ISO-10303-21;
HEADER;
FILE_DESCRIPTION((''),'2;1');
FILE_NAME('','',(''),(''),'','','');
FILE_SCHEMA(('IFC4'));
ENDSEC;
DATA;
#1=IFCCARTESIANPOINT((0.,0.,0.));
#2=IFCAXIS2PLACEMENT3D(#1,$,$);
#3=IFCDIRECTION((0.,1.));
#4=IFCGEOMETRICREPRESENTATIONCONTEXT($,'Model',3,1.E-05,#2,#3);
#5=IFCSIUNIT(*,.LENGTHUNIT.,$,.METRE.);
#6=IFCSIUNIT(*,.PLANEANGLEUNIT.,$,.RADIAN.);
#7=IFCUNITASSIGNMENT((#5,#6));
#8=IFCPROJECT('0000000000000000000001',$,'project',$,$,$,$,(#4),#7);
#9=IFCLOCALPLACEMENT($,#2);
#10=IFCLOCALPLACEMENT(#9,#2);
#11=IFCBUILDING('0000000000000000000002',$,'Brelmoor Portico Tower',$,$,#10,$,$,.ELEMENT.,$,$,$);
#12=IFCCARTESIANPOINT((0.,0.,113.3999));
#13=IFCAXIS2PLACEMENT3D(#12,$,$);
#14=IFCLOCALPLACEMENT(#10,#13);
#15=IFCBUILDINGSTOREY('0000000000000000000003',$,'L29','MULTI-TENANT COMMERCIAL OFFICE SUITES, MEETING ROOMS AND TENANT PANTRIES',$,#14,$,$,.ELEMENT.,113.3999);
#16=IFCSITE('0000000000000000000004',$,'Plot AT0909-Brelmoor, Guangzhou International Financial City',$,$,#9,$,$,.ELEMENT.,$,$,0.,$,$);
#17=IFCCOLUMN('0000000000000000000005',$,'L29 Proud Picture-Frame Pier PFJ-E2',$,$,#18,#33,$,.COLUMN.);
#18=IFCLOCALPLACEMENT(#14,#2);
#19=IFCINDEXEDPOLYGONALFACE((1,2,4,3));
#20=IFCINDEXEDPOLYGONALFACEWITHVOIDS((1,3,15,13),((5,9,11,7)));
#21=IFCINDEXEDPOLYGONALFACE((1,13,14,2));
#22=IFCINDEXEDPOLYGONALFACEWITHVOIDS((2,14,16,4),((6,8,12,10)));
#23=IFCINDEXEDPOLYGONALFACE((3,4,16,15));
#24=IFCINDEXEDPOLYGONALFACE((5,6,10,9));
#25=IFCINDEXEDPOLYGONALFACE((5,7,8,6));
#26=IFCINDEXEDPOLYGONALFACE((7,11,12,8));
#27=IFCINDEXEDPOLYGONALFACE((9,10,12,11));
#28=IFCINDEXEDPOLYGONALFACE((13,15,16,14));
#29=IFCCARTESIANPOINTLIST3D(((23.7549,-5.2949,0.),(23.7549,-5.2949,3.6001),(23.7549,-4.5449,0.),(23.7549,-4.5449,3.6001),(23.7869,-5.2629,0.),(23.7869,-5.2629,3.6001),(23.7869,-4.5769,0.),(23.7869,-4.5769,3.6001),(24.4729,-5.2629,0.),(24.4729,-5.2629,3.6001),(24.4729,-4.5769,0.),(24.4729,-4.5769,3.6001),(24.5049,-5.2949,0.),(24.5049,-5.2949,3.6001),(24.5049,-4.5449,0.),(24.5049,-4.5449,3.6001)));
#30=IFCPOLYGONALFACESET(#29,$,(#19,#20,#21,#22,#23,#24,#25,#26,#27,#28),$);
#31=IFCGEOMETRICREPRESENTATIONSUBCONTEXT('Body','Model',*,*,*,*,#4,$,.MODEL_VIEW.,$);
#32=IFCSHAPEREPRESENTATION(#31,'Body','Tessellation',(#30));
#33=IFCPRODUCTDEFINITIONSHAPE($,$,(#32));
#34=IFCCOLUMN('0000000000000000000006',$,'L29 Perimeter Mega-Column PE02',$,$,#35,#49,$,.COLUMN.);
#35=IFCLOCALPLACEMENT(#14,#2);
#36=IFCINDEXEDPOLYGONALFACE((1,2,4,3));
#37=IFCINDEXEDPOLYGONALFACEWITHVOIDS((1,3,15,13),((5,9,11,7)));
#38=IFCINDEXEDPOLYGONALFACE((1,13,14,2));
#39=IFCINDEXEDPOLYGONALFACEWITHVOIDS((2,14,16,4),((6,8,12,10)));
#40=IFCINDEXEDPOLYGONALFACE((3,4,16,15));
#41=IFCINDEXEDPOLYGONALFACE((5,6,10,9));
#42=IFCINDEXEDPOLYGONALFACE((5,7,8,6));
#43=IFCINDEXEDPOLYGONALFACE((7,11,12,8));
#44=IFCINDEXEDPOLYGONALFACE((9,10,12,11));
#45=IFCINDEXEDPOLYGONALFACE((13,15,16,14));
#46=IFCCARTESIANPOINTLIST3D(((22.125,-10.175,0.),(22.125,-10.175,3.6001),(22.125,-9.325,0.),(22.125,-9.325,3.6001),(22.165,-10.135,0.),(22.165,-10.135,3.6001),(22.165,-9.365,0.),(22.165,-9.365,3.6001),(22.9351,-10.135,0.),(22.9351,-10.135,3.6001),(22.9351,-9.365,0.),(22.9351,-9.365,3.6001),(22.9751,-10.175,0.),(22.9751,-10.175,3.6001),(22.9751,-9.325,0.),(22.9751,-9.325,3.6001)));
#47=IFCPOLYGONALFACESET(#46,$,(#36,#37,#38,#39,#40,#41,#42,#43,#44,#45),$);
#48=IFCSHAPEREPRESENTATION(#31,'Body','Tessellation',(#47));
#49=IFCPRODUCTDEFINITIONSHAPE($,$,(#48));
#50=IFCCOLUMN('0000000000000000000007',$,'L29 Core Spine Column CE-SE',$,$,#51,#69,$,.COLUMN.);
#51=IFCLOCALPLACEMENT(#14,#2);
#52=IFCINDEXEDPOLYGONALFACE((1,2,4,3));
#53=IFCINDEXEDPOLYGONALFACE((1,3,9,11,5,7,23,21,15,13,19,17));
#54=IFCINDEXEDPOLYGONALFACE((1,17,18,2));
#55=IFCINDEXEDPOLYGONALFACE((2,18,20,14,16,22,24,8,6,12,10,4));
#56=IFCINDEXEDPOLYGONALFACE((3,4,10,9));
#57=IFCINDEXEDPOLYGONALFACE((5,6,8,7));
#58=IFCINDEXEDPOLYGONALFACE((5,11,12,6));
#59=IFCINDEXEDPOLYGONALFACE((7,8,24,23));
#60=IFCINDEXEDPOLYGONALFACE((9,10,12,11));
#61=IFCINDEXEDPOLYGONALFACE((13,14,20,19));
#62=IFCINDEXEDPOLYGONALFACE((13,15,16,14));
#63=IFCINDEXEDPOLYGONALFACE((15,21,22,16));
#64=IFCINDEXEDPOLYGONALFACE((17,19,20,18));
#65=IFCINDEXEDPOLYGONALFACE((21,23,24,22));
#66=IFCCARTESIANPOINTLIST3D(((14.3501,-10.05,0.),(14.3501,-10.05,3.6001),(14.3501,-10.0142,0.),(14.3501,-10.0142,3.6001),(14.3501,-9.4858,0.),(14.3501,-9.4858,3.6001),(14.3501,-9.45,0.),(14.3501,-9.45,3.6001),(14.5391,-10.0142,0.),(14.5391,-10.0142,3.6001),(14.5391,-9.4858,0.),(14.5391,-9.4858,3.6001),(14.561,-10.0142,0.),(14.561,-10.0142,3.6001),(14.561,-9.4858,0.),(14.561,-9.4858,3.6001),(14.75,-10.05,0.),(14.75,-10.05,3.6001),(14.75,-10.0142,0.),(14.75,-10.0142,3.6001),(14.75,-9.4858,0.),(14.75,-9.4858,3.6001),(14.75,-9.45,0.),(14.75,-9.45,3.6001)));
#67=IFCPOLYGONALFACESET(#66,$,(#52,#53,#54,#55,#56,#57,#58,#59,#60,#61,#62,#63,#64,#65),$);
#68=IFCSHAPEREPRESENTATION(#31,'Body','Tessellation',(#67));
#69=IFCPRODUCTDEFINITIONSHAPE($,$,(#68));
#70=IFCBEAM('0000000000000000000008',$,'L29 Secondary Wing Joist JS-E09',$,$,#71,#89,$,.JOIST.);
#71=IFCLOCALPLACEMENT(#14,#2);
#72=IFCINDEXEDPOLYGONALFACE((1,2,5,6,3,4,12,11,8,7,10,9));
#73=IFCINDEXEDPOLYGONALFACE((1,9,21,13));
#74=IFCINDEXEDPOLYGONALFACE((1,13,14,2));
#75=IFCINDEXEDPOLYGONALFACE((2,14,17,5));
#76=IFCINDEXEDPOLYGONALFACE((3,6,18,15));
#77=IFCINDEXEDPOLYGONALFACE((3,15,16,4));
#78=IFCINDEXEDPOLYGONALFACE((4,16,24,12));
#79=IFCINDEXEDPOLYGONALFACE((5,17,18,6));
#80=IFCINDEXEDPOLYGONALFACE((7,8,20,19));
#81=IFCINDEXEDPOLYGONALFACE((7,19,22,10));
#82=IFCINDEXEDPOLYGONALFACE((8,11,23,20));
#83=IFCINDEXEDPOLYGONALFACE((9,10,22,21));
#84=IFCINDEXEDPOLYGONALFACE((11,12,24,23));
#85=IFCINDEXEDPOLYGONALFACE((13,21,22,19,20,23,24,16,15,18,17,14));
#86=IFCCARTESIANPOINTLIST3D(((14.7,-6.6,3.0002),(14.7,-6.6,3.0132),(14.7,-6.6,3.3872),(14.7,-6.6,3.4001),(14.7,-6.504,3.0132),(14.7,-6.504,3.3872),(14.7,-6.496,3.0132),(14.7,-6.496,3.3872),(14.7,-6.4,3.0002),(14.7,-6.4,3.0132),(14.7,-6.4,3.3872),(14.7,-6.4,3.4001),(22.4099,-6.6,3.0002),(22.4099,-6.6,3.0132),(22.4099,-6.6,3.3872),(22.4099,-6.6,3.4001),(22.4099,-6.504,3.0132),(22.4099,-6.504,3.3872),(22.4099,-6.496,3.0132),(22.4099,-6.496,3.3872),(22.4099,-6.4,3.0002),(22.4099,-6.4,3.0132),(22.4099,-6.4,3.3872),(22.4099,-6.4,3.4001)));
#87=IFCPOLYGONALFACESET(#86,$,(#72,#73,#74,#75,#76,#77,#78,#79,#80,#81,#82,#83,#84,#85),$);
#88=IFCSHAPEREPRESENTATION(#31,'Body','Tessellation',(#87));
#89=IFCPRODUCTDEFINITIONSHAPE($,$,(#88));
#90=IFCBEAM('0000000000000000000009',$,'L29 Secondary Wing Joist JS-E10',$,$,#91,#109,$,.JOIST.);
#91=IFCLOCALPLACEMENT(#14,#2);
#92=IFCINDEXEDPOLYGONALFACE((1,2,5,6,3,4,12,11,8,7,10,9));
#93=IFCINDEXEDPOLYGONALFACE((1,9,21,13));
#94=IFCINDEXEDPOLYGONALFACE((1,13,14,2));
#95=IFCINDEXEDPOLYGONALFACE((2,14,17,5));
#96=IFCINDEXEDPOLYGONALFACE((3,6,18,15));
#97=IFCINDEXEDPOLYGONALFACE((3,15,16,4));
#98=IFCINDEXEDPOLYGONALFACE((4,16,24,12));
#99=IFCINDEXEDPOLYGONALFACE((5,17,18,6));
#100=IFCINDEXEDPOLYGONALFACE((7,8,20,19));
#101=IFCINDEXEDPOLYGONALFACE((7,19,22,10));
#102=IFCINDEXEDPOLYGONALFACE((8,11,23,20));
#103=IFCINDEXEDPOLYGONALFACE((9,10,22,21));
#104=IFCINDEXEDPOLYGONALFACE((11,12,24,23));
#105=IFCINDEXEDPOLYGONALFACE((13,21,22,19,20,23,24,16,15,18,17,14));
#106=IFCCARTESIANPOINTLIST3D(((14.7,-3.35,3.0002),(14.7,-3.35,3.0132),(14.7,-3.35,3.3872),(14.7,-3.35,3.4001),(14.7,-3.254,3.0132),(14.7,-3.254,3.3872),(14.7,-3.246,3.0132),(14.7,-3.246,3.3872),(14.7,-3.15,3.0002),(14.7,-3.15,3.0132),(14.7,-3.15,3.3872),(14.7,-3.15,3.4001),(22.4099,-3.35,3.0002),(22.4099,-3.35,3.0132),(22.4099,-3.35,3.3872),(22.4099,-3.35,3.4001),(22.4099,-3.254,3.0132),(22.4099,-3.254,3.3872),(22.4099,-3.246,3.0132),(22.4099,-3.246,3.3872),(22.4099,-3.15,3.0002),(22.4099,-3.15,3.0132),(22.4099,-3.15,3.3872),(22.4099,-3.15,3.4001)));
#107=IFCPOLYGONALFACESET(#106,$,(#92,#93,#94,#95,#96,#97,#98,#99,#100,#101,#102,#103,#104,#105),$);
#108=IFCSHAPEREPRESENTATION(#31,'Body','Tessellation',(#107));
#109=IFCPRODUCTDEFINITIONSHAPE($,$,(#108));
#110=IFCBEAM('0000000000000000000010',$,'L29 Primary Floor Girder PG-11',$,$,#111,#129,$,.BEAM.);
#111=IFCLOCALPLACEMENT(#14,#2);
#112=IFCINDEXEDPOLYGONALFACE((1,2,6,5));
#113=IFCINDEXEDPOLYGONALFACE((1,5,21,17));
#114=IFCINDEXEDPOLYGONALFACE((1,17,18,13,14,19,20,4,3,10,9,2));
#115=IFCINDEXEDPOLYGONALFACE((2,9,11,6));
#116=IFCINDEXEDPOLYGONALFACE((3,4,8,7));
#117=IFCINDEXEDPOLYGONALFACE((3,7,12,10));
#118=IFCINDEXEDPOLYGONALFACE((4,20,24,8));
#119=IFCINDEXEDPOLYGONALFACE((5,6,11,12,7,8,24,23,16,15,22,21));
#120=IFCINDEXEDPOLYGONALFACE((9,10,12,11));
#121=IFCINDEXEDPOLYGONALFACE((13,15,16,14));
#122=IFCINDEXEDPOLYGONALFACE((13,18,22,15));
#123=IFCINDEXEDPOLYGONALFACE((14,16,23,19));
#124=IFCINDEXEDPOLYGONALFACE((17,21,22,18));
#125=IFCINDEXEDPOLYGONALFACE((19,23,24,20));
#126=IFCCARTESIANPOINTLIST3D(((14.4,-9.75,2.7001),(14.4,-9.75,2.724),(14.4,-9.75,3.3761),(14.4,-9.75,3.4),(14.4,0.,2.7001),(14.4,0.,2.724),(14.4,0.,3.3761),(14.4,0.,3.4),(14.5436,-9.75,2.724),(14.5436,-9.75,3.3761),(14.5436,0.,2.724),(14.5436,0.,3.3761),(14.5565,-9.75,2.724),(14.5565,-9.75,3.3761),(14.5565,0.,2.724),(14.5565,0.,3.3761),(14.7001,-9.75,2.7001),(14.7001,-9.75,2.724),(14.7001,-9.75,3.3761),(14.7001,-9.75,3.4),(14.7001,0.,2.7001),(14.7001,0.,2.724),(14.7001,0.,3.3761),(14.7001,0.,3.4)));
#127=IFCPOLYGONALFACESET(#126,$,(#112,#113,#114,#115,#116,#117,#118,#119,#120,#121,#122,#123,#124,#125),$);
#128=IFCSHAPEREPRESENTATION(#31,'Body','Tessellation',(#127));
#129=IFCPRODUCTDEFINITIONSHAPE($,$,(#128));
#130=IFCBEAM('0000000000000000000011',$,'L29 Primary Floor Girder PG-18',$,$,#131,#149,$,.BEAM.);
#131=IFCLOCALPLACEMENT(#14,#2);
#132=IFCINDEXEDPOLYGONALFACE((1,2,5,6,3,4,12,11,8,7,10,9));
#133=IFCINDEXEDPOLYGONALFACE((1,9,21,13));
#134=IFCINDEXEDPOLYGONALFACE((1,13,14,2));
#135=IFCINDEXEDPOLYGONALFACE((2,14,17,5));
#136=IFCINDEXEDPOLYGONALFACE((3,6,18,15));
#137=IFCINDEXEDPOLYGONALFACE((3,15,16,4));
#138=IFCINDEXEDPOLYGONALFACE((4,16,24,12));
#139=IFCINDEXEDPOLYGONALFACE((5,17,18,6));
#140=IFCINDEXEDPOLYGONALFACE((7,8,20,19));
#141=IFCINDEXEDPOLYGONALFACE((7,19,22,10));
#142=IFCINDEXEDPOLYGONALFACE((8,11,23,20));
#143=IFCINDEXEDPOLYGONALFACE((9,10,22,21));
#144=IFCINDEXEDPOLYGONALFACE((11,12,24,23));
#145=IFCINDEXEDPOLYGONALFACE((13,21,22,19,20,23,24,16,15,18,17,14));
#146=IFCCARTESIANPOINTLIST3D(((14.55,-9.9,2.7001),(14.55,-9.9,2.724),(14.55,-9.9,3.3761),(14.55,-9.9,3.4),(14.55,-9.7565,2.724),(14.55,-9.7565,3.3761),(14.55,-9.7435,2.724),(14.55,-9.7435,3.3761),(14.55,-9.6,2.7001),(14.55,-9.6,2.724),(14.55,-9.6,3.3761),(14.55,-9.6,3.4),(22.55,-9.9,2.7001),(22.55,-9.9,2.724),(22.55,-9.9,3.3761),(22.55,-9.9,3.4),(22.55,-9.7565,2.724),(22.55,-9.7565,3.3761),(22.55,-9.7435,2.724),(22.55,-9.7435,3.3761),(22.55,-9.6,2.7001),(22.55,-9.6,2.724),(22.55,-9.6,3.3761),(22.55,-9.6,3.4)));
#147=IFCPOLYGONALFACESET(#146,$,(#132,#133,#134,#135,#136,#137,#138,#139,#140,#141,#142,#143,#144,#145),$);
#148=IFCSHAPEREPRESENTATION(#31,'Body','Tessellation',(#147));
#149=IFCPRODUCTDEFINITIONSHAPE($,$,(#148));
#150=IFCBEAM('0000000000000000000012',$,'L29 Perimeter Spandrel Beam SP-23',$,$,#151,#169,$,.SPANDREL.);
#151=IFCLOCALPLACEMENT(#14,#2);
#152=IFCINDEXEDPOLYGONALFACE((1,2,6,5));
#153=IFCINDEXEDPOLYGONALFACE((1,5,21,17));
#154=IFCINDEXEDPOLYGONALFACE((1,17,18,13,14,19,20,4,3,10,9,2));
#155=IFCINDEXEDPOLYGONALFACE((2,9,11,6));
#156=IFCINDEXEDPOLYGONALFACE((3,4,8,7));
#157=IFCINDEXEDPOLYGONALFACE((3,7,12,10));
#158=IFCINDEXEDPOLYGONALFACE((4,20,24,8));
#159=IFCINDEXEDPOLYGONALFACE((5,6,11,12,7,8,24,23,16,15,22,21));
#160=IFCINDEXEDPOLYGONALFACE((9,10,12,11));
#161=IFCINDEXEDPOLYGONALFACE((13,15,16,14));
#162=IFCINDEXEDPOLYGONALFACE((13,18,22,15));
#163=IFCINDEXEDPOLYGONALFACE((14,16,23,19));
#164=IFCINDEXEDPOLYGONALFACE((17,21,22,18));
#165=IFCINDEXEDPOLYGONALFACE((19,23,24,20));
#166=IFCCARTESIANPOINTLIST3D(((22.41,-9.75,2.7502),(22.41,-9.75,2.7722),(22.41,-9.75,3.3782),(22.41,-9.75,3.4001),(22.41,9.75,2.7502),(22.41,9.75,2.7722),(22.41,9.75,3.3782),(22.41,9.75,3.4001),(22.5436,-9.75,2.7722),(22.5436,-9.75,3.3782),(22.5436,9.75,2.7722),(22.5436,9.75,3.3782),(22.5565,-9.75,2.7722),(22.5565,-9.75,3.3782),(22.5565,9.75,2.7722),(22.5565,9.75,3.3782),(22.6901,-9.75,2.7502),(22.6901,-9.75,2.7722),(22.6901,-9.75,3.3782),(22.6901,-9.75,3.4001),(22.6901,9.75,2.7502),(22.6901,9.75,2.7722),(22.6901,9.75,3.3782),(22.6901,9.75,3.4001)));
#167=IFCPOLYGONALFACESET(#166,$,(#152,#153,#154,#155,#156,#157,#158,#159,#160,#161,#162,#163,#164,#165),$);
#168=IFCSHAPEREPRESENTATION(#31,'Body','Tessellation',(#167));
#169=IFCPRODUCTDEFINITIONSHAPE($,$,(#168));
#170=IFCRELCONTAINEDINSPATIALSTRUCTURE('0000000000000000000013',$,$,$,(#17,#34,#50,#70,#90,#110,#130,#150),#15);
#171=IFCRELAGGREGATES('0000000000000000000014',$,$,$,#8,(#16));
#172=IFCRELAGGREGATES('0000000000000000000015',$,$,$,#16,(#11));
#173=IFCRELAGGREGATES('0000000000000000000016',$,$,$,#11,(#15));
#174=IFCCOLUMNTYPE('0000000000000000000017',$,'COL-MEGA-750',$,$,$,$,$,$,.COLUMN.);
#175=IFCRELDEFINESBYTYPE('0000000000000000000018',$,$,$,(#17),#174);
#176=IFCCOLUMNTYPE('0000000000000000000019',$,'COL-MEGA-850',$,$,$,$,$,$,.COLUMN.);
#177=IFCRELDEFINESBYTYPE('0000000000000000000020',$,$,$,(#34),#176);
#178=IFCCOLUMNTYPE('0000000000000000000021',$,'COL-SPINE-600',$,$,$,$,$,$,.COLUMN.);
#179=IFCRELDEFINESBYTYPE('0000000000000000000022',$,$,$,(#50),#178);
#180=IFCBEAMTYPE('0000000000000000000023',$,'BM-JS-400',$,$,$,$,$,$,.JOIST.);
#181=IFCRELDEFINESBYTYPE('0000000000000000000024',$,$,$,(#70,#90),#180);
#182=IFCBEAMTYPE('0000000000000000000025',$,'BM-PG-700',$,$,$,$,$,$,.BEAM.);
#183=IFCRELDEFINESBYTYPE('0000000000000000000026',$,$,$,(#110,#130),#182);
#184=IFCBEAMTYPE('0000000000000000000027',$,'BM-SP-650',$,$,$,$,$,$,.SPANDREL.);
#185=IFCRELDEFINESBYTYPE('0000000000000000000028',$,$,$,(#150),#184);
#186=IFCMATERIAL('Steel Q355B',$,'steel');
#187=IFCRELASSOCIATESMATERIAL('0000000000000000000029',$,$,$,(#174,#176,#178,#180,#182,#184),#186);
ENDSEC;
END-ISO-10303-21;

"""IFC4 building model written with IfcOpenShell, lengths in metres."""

from ifc_helpers import new_model, si_unit, direction, frame, origin, origin_2d, place, context, subcontext, project, spatial, hollow_rectangle, i_section, extrude, material, material_profile, profile_set, type_object, element, save


model = new_model("IFC4")

# Units and contexts
model_context = context("Model", 3, precision=1e-05, world=origin(), true_north=direction((0.0, 1.0)))
body_context = subcontext(model_context, "Body", "Model", "MODEL_VIEW")
ifc_project = project(units=[si_unit("LENGTHUNIT", "METRE"), si_unit("PLANEANGLEUNIT", "RADIAN")], contexts=[model_context])

# Site, building, storey
site_placement = place(None, origin())
site = spatial("IfcSite", under=ifc_project, at=site_placement, Name="Plot AT0909-Brelmoor, Guangzhou International Financial City", CompositionType="ELEMENT", RefElevation=0.0)
building_placement = place(site_placement, origin())
building = spatial("IfcBuilding", under=site, at=building_placement, Name="Brelmoor Portico Tower", CompositionType="ELEMENT")
storey_placement = place(building_placement, frame((0.0, 0.0, 113.3999)))
storey = spatial("IfcBuildingStorey", under=building, at=storey_placement, Name="L29", Description="MULTI-TENANT COMMERCIAL OFFICE SUITES, MEETING ROOMS AND TENANT PANTRIES", CompositionType="ELEMENT", Elevation=113.3999)

# Columns
ifc_material_1 = material(Name="Steel Q355B", Category="steel")
ifc_material_profile_1 = material_profile(ifc_material_1, hollow_rectangle(XDim=0.75, YDim=0.75, WallThickness=0.032, at=origin_2d()), Name="BOX 750x750x32")
ifc_profile_set_1 = profile_set([ifc_material_profile_1], Name="Steel Q355B")
column_type_1 = type_object("IfcColumnType", Name="COL-MEGA-750", PredefinedType="COLUMN", material=ifc_profile_set_1)
column_1_placement = place(storey_placement, frame((24.1299, -4.9199, 0.0), z_axis=(0.0, 0.0, 1.0), x_axis=(0.0, 1.0, 0.0)))
element("IfcColumn", 1, at=column_1_placement, inside=storey, type_object=column_type_1, Name="L29 Proud Picture-Frame Pier PFJ-E2", PredefinedType="COLUMN", context=body_context, shape_type="SweptSolid", body=[
    extrude(hollow_rectangle(XDim=0.75, YDim=0.75, WallThickness=0.032, at=origin_2d()), origin(), (0.0, 0.0, 1.0), 3.6001),
])
ifc_material_profile_2 = material_profile(ifc_material_1, hollow_rectangle(XDim=0.8501, YDim=0.8501, WallThickness=0.04, at=origin_2d()), Name="BOX 850x850x40")
ifc_profile_set_2 = profile_set([ifc_material_profile_2], Name="Steel Q355B")
column_type_2 = type_object("IfcColumnType", Name="COL-MEGA-850", PredefinedType="COLUMN", material=ifc_profile_set_2)
column_2_placement = place(storey_placement, frame((22.55, -9.75, 0.0), z_axis=(0.0, 0.0, 1.0), x_axis=(0.0, 1.0, 0.0)))
element("IfcColumn", 2, at=column_2_placement, inside=storey, type_object=column_type_2, Name="L29 Perimeter Mega-Column PE02", PredefinedType="COLUMN", context=body_context, shape_type="SweptSolid", body=[
    extrude(hollow_rectangle(XDim=0.8501, YDim=0.8501, WallThickness=0.04, at=origin_2d()), origin(), (0.0, 0.0, 1.0), 3.6001),
])
ifc_material_profile_3 = material_profile(ifc_material_1, i_section(OverallWidth=0.3999, OverallDepth=0.6001, WebThickness=0.022, FlangeThickness=0.0359, at=origin_2d()), Name="HW 600x400x22x36")
ifc_profile_set_3 = profile_set([ifc_material_profile_3], Name="Steel Q355B")
column_type_3 = type_object("IfcColumnType", Name="COL-SPINE-600", PredefinedType="COLUMN", material=ifc_profile_set_3)
column_3_placement = place(storey_placement, frame((14.55, -9.75, 0.0), z_axis=(0.0, 0.0, 1.0), x_axis=(1.0, 0.0, 0.0)))
element("IfcColumn", 3, at=column_3_placement, inside=storey, type_object=column_type_3, Name="L29 Core Spine Column CE-SE", PredefinedType="COLUMN", context=body_context, shape_type="SweptSolid", body=[
    extrude(i_section(OverallWidth=0.3999, OverallDepth=0.6001, WebThickness=0.022, FlangeThickness=0.0359, at=origin_2d()), origin(), (0.0, 0.0, 1.0), 3.6001),
])

# Beams
ifc_material_profile_4 = material_profile(ifc_material_1, i_section(OverallWidth=0.2, OverallDepth=0.3999, WebThickness=0.0081, FlangeThickness=0.0129, at=origin_2d()), Name="HN 400x200x8x13")
ifc_profile_set_4 = profile_set([ifc_material_profile_4], Name="Steel Q355B")
beam_type_1 = type_object("IfcBeamType", Name="BM-JS-400", PredefinedType="JOIST", material=ifc_profile_set_4)
for number, where, z_axis, x_axis, name in (
    (4, (14.7, -6.5, 3.2002), (1.0, 0.0, 0.0), (0.0, 1.0, 0.0), "L29 Secondary Wing Joist JS-E09"),
    (5, (14.7, -3.25, 3.2002), (1.0, 0.0, 0.0), (0.0, 1.0, 0.0), "L29 Secondary Wing Joist JS-E10"),
):
    element("IfcBeam", number, at=place(storey_placement, frame(where, z_axis=z_axis, x_axis=x_axis)), inside=storey, type_object=beam_type_1, Name=name, PredefinedType="JOIST", context=body_context, shape_type="SweptSolid", body=[
        extrude(i_section(OverallWidth=0.2, OverallDepth=0.3999, WebThickness=0.0081, FlangeThickness=0.0129, at=origin_2d()), origin(), (0.0, 0.0, 1.0), 7.71),
    ])
ifc_material_profile_5 = material_profile(ifc_material_1, i_section(OverallWidth=0.3, OverallDepth=0.7, WebThickness=0.0129, FlangeThickness=0.0239, at=origin_2d()), Name="HN 700x300x13x24")
ifc_profile_set_5 = profile_set([ifc_material_profile_5], Name="Steel Q355B")
beam_type_2 = type_object("IfcBeamType", Name="BM-PG-700", PredefinedType="BEAM", material=ifc_profile_set_5)
beam_1_placement = place(storey_placement, frame((14.55, -9.75, 3.05), z_axis=(0.0, 1.0, 0.0), x_axis=(-1.0, 0.0, 0.0)))
element("IfcBeam", 6, at=beam_1_placement, inside=storey, type_object=beam_type_2, Name="L29 Primary Floor Girder PG-11", PredefinedType="BEAM", context=body_context, shape_type="SweptSolid", body=[
    extrude(i_section(OverallWidth=0.3, OverallDepth=0.7, WebThickness=0.0129, FlangeThickness=0.0239, at=origin_2d()), origin(), (0.0, 0.0, 1.0), 9.75),
])
beam_2_placement = place(storey_placement, frame((14.55, -9.75, 3.05), z_axis=(1.0, 0.0, 0.0), x_axis=(0.0, 1.0, 0.0)))
element("IfcBeam", 7, at=beam_2_placement, inside=storey, type_object=beam_type_2, Name="L29 Primary Floor Girder PG-18", PredefinedType="BEAM", context=body_context, shape_type="SweptSolid", body=[
    extrude(i_section(OverallWidth=0.3, OverallDepth=0.7, WebThickness=0.0129, FlangeThickness=0.0239, at=origin_2d()), origin(), (0.0, 0.0, 1.0), 8.0),
])
ifc_material_profile_6 = material_profile(ifc_material_1, i_section(OverallWidth=0.28, OverallDepth=0.6499, WebThickness=0.0129, FlangeThickness=0.022, at=origin_2d()), Name="HN 650x280x13x22")
ifc_profile_set_6 = profile_set([ifc_material_profile_6], Name="Steel Q355B")
beam_type_3 = type_object("IfcBeamType", Name="BM-SP-650", PredefinedType="SPANDREL", material=ifc_profile_set_6)
beam_3_placement = place(storey_placement, frame((22.55, -9.75, 3.0752), z_axis=(0.0, 1.0, 0.0), x_axis=(-1.0, 0.0, 0.0)))
element("IfcBeam", 8, at=beam_3_placement, inside=storey, type_object=beam_type_3, Name="L29 Perimeter Spandrel Beam SP-23", PredefinedType="SPANDREL", context=body_context, shape_type="SweptSolid", body=[
    extrude(i_section(OverallWidth=0.28, OverallDepth=0.6499, WebThickness=0.0129, FlangeThickness=0.022, at=origin_2d()), origin(), (0.0, 0.0, 1.0), 19.5),
])

save(model, "model.ifc")
